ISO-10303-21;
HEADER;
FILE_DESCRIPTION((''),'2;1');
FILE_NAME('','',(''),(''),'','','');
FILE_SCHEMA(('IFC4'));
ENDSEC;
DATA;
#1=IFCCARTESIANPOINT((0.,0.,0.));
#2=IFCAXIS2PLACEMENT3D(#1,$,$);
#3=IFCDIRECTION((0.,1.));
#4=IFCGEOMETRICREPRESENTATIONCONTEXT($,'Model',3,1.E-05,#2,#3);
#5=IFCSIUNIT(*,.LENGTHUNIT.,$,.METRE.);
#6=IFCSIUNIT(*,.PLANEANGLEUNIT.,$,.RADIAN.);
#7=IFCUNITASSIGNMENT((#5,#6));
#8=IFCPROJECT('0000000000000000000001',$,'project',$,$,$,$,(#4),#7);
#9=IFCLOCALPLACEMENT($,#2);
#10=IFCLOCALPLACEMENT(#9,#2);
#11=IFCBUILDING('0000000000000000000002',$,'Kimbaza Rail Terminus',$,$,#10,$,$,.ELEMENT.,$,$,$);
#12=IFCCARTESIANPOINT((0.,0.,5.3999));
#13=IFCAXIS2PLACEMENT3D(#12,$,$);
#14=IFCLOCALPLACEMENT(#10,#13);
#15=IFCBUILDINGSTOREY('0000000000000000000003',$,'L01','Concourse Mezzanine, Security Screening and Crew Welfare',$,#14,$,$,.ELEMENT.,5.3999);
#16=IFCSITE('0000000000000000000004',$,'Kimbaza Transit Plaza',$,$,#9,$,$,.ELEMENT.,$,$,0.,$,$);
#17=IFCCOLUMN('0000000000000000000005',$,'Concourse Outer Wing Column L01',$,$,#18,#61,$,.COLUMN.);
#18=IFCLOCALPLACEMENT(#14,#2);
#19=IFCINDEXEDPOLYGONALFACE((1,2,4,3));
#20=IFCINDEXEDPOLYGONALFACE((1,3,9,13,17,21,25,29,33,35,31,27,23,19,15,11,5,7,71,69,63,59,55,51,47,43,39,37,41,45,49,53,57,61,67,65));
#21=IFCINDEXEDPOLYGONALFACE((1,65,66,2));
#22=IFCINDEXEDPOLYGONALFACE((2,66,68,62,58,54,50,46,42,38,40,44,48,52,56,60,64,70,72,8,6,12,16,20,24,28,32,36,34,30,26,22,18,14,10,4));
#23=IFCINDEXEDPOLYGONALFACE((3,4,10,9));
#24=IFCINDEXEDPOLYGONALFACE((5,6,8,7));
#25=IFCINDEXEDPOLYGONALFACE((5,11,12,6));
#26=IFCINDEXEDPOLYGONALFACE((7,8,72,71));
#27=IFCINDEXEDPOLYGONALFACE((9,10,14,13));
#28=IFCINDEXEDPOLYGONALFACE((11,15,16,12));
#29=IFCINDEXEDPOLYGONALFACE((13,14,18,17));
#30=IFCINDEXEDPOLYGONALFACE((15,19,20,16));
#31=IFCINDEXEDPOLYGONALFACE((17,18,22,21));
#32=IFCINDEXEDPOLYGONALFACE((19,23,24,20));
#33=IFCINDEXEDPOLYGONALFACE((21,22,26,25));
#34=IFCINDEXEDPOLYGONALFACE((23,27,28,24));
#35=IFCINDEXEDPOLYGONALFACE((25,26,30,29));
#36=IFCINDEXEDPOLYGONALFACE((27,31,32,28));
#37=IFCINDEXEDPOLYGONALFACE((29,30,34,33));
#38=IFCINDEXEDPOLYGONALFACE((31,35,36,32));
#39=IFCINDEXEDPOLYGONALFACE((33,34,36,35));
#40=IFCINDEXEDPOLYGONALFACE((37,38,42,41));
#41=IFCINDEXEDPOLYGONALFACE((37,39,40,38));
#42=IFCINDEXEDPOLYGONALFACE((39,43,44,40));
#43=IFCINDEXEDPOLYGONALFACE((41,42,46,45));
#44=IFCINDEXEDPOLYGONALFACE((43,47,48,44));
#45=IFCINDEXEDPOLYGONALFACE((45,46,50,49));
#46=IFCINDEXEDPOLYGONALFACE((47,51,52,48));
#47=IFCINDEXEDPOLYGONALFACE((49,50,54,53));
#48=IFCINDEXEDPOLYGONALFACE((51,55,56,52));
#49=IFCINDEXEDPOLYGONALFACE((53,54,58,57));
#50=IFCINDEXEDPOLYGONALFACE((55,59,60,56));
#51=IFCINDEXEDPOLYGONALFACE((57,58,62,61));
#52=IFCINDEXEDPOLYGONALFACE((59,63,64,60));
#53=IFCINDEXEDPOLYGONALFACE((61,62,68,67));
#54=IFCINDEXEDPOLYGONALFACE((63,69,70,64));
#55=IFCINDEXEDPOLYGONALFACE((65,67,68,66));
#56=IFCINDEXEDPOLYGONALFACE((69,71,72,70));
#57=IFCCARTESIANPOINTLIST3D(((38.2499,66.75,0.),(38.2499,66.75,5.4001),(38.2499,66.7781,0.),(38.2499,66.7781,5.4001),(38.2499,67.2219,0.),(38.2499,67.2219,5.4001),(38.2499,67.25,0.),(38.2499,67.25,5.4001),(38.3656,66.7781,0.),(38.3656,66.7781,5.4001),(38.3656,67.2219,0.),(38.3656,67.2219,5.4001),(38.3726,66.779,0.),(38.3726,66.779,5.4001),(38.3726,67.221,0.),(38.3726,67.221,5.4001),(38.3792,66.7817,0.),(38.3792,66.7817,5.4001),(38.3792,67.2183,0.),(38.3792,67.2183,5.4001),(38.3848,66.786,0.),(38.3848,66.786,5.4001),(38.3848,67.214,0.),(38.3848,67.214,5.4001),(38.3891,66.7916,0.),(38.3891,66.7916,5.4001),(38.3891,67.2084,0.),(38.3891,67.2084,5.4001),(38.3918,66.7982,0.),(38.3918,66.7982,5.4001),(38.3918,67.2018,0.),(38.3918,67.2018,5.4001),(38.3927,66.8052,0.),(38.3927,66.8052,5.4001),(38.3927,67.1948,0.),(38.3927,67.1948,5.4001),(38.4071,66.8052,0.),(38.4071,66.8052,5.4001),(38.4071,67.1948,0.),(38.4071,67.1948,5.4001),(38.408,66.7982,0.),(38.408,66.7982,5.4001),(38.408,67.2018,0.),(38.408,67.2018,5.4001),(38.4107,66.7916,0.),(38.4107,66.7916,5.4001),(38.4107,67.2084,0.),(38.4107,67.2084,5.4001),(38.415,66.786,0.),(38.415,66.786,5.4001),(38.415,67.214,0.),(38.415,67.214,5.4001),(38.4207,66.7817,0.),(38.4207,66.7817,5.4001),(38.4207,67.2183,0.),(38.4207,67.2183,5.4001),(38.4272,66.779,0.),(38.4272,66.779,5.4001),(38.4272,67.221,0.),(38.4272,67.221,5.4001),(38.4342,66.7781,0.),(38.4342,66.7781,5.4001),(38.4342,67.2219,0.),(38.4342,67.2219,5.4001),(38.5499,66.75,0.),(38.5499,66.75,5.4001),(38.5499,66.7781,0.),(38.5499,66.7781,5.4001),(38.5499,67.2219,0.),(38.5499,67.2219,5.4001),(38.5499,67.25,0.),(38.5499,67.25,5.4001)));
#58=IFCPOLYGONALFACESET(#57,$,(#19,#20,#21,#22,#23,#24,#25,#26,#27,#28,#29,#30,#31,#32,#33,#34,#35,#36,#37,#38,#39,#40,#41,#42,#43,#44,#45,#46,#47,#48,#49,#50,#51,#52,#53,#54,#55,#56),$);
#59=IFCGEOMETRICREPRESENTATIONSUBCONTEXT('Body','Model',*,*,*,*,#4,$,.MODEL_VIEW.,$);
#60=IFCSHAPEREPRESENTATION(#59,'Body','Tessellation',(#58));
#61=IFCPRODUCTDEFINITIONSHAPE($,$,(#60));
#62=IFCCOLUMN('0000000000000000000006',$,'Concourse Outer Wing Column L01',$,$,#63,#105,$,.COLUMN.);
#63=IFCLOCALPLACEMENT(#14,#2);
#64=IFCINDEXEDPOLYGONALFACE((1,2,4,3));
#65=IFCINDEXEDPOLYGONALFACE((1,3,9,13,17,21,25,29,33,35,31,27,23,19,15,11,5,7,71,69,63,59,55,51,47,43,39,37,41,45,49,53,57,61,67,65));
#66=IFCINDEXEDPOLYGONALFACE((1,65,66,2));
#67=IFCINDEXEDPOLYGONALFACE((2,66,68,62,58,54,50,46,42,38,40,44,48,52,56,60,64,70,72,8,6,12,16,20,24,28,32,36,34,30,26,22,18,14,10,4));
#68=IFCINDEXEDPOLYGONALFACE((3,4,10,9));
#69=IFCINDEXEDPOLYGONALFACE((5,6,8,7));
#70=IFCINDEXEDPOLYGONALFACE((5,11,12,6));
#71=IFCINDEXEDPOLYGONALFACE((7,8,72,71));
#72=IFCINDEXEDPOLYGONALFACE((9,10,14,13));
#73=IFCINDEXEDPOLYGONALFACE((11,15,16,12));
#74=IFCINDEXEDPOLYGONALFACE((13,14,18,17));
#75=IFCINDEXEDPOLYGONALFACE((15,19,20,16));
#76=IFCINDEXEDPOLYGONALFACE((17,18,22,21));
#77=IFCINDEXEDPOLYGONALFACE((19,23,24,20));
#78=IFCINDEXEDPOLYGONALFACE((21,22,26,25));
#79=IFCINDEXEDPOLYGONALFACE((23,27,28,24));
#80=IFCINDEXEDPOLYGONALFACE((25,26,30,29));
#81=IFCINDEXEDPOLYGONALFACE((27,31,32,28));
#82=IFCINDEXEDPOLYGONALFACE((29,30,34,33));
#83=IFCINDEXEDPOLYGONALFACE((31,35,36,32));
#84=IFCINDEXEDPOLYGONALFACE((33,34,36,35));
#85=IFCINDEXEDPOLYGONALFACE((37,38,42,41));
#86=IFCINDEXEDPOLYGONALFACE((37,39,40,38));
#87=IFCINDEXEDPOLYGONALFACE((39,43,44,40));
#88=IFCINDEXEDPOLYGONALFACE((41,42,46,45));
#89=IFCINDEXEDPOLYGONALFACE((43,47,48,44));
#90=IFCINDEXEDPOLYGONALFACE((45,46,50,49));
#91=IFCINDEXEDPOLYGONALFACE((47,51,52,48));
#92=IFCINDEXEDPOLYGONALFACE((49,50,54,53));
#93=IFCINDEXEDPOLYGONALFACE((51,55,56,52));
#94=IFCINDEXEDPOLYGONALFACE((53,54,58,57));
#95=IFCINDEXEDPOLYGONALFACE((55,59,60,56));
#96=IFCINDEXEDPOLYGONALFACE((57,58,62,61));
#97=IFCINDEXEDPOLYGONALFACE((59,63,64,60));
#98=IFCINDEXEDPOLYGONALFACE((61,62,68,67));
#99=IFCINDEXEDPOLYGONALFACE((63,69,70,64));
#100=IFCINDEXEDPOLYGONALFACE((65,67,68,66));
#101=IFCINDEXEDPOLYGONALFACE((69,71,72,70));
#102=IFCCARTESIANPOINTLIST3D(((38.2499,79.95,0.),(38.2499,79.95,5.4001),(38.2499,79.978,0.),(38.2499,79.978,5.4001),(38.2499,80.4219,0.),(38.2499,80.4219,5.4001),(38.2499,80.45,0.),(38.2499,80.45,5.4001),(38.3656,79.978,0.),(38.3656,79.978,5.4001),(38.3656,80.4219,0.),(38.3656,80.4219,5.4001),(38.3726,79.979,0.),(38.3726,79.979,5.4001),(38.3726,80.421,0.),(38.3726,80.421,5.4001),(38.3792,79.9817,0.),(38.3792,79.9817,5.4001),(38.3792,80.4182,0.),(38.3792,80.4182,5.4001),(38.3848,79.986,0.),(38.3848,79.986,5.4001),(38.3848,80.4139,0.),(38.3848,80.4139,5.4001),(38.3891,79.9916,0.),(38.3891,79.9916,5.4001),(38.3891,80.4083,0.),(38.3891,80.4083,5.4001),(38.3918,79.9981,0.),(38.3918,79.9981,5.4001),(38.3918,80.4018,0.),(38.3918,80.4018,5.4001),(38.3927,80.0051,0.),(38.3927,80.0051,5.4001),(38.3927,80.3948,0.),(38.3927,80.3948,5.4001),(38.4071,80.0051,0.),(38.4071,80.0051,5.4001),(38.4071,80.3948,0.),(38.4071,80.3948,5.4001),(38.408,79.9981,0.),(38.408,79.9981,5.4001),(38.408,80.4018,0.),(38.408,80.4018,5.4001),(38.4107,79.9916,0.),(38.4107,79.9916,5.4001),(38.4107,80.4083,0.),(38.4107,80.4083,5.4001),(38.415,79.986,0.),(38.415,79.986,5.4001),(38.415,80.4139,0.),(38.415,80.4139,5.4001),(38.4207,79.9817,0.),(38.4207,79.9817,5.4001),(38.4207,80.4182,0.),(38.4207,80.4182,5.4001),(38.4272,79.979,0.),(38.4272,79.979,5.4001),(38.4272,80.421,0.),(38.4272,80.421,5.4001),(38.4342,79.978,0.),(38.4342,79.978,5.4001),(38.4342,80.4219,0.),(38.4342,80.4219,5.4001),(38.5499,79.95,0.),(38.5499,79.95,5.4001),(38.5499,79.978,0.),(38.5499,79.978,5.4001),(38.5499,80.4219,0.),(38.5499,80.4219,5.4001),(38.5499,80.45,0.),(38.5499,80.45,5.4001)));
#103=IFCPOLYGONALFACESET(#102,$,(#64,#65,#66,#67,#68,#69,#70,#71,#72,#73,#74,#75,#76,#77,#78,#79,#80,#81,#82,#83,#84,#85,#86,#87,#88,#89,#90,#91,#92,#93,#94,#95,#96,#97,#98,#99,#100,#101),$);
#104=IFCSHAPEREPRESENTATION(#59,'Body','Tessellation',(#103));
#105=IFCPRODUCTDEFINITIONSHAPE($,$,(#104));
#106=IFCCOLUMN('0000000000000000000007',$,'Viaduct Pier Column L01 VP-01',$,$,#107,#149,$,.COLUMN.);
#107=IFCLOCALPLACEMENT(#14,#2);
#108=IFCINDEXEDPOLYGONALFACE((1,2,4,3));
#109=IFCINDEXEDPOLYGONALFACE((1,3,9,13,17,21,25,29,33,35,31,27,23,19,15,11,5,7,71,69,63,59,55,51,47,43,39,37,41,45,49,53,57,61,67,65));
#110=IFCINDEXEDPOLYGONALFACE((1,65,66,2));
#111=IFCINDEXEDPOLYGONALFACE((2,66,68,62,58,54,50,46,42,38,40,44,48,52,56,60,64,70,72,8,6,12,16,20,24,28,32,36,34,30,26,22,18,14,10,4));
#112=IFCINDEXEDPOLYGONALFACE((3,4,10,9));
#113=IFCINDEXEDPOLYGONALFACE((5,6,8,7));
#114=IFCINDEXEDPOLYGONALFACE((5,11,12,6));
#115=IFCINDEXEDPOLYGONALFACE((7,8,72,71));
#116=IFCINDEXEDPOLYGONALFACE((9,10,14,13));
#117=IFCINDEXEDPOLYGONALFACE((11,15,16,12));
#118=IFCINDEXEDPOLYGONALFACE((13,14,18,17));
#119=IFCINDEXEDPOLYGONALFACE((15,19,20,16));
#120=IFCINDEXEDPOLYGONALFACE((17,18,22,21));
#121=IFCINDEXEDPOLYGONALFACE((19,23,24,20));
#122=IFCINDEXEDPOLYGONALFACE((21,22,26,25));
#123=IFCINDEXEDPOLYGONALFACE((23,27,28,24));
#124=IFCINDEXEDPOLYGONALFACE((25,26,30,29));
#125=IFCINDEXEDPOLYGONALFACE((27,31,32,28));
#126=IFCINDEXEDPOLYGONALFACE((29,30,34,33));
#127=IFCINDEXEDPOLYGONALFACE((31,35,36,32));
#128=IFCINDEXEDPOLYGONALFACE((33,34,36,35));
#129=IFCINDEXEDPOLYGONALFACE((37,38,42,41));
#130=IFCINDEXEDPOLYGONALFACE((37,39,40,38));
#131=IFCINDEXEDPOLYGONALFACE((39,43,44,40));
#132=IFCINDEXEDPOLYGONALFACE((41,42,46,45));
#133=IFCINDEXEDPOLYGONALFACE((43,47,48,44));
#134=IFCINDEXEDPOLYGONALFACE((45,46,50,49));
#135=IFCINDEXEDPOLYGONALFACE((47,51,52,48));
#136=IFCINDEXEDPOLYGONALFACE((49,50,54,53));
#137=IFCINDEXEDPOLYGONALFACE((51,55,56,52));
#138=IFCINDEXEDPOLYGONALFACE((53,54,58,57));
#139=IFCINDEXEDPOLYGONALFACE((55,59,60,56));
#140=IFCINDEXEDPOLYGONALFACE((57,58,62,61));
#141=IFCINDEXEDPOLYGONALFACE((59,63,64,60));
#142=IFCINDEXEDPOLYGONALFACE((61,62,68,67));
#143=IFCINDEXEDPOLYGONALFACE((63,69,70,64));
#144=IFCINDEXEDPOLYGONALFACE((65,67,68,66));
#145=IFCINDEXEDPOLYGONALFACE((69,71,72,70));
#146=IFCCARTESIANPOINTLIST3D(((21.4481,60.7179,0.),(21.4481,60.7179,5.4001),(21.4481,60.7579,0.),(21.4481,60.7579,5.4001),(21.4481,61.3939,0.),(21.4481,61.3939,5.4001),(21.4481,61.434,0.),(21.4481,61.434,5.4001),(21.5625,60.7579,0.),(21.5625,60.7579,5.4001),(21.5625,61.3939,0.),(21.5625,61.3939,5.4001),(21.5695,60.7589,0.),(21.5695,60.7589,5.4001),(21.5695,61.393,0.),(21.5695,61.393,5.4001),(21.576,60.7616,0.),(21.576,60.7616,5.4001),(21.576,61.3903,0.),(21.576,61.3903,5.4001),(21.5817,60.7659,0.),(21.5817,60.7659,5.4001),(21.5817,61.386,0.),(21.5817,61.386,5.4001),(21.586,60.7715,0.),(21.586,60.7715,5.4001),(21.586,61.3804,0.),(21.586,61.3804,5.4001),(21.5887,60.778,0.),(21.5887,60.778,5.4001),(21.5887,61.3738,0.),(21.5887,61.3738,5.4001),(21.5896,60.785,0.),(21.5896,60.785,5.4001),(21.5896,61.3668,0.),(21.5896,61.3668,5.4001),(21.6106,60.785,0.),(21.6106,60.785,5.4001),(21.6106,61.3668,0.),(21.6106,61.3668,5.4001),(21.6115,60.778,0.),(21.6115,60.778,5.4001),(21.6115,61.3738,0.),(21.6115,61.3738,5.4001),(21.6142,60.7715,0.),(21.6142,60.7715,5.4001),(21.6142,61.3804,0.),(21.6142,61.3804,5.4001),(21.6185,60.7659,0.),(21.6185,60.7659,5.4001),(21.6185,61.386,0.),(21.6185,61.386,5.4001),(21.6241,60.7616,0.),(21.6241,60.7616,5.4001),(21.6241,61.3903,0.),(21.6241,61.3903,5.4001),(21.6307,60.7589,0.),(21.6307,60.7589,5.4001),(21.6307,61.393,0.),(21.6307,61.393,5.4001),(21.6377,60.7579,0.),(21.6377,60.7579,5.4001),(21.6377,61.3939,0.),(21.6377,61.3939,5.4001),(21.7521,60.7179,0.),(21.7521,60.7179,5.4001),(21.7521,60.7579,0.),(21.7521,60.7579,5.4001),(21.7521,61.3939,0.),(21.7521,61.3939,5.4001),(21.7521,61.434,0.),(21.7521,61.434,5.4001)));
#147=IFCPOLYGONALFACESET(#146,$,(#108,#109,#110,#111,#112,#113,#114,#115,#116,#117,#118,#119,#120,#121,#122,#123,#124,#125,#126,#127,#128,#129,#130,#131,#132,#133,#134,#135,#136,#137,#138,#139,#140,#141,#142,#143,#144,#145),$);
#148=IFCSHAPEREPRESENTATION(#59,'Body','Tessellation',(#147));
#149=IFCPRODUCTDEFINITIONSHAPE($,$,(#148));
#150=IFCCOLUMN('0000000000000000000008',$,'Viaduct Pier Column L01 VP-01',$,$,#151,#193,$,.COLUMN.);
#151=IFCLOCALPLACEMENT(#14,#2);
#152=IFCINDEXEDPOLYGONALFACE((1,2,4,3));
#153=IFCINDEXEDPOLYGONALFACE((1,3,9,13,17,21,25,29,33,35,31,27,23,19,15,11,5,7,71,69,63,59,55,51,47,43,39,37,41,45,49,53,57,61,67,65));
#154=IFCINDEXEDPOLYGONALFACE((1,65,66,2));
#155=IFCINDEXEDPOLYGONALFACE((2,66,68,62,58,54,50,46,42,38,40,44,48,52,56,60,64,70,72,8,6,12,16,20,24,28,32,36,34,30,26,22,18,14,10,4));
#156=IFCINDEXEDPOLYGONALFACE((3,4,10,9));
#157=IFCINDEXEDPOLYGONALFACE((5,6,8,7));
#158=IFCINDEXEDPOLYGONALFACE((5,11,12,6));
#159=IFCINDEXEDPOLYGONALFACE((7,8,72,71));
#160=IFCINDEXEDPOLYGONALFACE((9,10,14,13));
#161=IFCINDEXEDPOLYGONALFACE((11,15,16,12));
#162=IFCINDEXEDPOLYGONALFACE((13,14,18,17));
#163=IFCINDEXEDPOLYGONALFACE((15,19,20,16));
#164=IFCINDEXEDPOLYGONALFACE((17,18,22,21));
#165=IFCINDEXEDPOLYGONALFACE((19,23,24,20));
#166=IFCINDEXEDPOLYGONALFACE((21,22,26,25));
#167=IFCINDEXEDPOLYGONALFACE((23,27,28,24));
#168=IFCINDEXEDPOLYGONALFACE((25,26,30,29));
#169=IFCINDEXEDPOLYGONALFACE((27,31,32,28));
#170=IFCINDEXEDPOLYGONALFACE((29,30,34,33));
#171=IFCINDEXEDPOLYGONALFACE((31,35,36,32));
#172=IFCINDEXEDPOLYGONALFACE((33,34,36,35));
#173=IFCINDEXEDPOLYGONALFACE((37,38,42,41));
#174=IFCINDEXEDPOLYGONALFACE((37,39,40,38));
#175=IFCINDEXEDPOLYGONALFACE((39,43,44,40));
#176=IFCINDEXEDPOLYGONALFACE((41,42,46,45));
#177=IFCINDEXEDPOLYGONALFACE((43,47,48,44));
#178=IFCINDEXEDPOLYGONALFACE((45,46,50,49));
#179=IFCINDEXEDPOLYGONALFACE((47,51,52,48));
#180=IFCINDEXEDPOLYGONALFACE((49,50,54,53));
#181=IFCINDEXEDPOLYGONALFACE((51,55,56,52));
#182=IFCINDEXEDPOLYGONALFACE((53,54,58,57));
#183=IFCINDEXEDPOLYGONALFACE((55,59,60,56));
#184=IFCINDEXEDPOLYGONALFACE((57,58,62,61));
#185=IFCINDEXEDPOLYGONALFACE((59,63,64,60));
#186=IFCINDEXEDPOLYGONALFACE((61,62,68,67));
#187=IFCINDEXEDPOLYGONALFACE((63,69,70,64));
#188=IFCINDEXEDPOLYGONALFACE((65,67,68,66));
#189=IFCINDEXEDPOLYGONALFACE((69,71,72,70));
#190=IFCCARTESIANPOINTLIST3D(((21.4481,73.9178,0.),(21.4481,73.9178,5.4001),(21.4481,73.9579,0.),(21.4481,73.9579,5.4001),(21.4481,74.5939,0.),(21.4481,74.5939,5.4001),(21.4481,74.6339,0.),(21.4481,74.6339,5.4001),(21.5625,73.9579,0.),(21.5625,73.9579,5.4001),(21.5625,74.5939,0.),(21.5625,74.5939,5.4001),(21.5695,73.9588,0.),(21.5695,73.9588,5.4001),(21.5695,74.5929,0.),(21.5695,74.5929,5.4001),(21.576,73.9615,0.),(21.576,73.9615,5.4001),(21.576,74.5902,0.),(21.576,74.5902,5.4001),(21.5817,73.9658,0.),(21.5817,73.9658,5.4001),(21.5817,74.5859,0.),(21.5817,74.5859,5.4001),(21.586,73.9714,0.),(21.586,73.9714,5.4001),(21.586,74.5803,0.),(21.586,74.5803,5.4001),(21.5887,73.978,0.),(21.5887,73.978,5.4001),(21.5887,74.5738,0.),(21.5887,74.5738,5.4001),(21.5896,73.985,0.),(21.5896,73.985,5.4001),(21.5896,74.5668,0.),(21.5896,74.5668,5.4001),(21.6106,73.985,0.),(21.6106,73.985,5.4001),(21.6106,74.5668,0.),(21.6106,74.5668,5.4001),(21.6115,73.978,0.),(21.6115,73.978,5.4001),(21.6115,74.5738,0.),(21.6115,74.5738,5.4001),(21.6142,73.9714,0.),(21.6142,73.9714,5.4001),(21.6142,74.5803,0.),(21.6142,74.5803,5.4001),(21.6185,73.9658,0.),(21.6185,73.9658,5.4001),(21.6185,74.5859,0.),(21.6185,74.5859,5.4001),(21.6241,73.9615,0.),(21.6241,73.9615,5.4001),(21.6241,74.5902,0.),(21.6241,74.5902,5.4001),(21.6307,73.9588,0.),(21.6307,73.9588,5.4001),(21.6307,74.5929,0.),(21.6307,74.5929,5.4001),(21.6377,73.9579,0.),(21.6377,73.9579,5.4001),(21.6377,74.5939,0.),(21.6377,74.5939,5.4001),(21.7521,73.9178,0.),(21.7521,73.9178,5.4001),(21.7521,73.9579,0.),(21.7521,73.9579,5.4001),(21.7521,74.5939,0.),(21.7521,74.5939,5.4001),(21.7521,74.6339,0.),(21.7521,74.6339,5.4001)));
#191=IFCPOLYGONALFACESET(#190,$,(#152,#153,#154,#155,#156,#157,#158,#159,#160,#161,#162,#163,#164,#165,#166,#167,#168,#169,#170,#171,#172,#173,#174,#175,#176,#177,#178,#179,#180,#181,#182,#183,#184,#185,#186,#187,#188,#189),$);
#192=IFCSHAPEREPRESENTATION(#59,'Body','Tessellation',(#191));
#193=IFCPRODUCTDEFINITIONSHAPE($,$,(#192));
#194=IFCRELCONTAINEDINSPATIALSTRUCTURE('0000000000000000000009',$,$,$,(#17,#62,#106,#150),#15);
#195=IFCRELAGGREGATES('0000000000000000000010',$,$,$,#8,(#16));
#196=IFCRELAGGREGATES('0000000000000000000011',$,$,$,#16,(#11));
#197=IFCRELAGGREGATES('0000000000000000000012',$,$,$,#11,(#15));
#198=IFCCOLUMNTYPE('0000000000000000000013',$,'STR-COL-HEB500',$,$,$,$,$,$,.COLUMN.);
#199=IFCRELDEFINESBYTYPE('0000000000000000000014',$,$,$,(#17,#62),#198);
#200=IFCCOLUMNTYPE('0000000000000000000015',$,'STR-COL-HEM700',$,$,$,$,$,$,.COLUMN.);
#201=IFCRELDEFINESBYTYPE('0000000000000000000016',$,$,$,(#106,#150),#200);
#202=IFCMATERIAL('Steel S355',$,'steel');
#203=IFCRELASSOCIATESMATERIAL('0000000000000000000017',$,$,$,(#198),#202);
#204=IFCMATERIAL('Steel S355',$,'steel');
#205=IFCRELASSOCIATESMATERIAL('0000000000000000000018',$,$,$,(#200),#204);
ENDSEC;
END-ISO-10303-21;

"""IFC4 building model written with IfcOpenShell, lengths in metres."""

from ifc_helpers import new_model, si_unit, direction, frame, origin, origin_2d, place, context, subcontext, project, spatial, i_section, extrude, material, material_profile, profile_set, type_object, element, save


model = new_model("IFC4")

# Units and contexts
model_context = context("Model", 3, precision=1e-05, world=origin(), true_north=direction((0.0, 1.0)))
body_context = subcontext(model_context, "Body", "Model", "MODEL_VIEW")
ifc_project = project(units=[si_unit("LENGTHUNIT", "METRE"), si_unit("PLANEANGLEUNIT", "RADIAN")], contexts=[model_context])

# Site, building, storey
site_placement = place(None, origin())
site = spatial("IfcSite", under=ifc_project, at=site_placement, Name="Kimbaza Transit Plaza", CompositionType="ELEMENT", RefElevation=0.0)
building_placement = place(site_placement, origin())
building = spatial("IfcBuilding", under=site, at=building_placement, Name="Kimbaza Rail Terminus", CompositionType="ELEMENT")
storey_placement = place(building_placement, frame((0.0, 0.0, 5.3999)))
storey = spatial("IfcBuildingStorey", under=building, at=storey_placement, Name="L01", Description="Concourse Mezzanine, Security Screening and Crew Welfare", CompositionType="ELEMENT", Elevation=5.3999)

# Columns
ifc_material_1 = material(Name="Steel S355", Category="steel")
ifc_material_profile_1 = material_profile(ifc_material_1, i_section(OverallWidth=0.3, OverallDepth=0.5, WebThickness=0.0144, FlangeThickness=0.0281, FilletRadius=0.0271, at=origin_2d()), Name="HEB 500")
ifc_profile_set_1 = profile_set([ifc_material_profile_1], Name="Steel S355")
column_type_1 = type_object("IfcColumnType", Name="STR-COL-HEB500", PredefinedType="COLUMN", material=ifc_profile_set_1)
for number, where, z_axis, x_axis, name in (
    (1, (38.3999, 67.0, 0.0), (0.0, 0.0, 1.0), (1.0, 0.0, 0.0), "Concourse Outer Wing Column L01"),
    (2, (38.3999, 80.2, 0.0), (0.0, 0.0, 1.0), (1.0, 0.0, 0.0), "Concourse Outer Wing Column L01"),
):
    element("IfcColumn", number, at=place(storey_placement, frame(where, z_axis=z_axis, x_axis=x_axis)), inside=storey, type_object=column_type_1, Name=name, PredefinedType="COLUMN", context=body_context, shape_type="SweptSolid", body=[
        extrude(i_section(OverallWidth=0.3, OverallDepth=0.5, WebThickness=0.0144, FlangeThickness=0.0281, FilletRadius=0.0271, at=origin_2d()), origin(), (0.0, 0.0, 1.0), 5.4001),
    ])
ifc_material_2 = material(Name="Steel S355", Category="steel")
ifc_material_profile_2 = material_profile(ifc_material_2, i_section(OverallWidth=0.304, OverallDepth=0.7161, WebThickness=0.021, FlangeThickness=0.04, FilletRadius=0.0271, at=origin_2d()), Name="HEM 700")
ifc_profile_set_2 = profile_set([ifc_material_profile_2], Name="Steel S355")
column_type_2 = type_object("IfcColumnType", Name="STR-COL-HEM700", PredefinedType="COLUMN", material=ifc_profile_set_2)
for number, where, z_axis, x_axis, name in (
    (3, (21.6001, 61.0759, 0.0), (0.0, 0.0, 1.0), (1.0, 0.0, 0.0), "Viaduct Pier Column L01 VP-01"),
    (4, (21.6001, 74.2759, 0.0), (0.0, 0.0, 1.0), (1.0, 0.0, 0.0), "Viaduct Pier Column L01 VP-01"),
):
    element("IfcColumn", number, at=place(storey_placement, frame(where, z_axis=z_axis, x_axis=x_axis)), inside=storey, type_object=column_type_2, Name=name, PredefinedType="COLUMN", context=body_context, shape_type="SweptSolid", body=[
        extrude(i_section(OverallWidth=0.304, OverallDepth=0.7161, WebThickness=0.021, FlangeThickness=0.04, FilletRadius=0.0271, at=origin_2d()), origin(), (0.0, 0.0, 1.0), 5.4001),
    ])

save(model, "model.ifc")
